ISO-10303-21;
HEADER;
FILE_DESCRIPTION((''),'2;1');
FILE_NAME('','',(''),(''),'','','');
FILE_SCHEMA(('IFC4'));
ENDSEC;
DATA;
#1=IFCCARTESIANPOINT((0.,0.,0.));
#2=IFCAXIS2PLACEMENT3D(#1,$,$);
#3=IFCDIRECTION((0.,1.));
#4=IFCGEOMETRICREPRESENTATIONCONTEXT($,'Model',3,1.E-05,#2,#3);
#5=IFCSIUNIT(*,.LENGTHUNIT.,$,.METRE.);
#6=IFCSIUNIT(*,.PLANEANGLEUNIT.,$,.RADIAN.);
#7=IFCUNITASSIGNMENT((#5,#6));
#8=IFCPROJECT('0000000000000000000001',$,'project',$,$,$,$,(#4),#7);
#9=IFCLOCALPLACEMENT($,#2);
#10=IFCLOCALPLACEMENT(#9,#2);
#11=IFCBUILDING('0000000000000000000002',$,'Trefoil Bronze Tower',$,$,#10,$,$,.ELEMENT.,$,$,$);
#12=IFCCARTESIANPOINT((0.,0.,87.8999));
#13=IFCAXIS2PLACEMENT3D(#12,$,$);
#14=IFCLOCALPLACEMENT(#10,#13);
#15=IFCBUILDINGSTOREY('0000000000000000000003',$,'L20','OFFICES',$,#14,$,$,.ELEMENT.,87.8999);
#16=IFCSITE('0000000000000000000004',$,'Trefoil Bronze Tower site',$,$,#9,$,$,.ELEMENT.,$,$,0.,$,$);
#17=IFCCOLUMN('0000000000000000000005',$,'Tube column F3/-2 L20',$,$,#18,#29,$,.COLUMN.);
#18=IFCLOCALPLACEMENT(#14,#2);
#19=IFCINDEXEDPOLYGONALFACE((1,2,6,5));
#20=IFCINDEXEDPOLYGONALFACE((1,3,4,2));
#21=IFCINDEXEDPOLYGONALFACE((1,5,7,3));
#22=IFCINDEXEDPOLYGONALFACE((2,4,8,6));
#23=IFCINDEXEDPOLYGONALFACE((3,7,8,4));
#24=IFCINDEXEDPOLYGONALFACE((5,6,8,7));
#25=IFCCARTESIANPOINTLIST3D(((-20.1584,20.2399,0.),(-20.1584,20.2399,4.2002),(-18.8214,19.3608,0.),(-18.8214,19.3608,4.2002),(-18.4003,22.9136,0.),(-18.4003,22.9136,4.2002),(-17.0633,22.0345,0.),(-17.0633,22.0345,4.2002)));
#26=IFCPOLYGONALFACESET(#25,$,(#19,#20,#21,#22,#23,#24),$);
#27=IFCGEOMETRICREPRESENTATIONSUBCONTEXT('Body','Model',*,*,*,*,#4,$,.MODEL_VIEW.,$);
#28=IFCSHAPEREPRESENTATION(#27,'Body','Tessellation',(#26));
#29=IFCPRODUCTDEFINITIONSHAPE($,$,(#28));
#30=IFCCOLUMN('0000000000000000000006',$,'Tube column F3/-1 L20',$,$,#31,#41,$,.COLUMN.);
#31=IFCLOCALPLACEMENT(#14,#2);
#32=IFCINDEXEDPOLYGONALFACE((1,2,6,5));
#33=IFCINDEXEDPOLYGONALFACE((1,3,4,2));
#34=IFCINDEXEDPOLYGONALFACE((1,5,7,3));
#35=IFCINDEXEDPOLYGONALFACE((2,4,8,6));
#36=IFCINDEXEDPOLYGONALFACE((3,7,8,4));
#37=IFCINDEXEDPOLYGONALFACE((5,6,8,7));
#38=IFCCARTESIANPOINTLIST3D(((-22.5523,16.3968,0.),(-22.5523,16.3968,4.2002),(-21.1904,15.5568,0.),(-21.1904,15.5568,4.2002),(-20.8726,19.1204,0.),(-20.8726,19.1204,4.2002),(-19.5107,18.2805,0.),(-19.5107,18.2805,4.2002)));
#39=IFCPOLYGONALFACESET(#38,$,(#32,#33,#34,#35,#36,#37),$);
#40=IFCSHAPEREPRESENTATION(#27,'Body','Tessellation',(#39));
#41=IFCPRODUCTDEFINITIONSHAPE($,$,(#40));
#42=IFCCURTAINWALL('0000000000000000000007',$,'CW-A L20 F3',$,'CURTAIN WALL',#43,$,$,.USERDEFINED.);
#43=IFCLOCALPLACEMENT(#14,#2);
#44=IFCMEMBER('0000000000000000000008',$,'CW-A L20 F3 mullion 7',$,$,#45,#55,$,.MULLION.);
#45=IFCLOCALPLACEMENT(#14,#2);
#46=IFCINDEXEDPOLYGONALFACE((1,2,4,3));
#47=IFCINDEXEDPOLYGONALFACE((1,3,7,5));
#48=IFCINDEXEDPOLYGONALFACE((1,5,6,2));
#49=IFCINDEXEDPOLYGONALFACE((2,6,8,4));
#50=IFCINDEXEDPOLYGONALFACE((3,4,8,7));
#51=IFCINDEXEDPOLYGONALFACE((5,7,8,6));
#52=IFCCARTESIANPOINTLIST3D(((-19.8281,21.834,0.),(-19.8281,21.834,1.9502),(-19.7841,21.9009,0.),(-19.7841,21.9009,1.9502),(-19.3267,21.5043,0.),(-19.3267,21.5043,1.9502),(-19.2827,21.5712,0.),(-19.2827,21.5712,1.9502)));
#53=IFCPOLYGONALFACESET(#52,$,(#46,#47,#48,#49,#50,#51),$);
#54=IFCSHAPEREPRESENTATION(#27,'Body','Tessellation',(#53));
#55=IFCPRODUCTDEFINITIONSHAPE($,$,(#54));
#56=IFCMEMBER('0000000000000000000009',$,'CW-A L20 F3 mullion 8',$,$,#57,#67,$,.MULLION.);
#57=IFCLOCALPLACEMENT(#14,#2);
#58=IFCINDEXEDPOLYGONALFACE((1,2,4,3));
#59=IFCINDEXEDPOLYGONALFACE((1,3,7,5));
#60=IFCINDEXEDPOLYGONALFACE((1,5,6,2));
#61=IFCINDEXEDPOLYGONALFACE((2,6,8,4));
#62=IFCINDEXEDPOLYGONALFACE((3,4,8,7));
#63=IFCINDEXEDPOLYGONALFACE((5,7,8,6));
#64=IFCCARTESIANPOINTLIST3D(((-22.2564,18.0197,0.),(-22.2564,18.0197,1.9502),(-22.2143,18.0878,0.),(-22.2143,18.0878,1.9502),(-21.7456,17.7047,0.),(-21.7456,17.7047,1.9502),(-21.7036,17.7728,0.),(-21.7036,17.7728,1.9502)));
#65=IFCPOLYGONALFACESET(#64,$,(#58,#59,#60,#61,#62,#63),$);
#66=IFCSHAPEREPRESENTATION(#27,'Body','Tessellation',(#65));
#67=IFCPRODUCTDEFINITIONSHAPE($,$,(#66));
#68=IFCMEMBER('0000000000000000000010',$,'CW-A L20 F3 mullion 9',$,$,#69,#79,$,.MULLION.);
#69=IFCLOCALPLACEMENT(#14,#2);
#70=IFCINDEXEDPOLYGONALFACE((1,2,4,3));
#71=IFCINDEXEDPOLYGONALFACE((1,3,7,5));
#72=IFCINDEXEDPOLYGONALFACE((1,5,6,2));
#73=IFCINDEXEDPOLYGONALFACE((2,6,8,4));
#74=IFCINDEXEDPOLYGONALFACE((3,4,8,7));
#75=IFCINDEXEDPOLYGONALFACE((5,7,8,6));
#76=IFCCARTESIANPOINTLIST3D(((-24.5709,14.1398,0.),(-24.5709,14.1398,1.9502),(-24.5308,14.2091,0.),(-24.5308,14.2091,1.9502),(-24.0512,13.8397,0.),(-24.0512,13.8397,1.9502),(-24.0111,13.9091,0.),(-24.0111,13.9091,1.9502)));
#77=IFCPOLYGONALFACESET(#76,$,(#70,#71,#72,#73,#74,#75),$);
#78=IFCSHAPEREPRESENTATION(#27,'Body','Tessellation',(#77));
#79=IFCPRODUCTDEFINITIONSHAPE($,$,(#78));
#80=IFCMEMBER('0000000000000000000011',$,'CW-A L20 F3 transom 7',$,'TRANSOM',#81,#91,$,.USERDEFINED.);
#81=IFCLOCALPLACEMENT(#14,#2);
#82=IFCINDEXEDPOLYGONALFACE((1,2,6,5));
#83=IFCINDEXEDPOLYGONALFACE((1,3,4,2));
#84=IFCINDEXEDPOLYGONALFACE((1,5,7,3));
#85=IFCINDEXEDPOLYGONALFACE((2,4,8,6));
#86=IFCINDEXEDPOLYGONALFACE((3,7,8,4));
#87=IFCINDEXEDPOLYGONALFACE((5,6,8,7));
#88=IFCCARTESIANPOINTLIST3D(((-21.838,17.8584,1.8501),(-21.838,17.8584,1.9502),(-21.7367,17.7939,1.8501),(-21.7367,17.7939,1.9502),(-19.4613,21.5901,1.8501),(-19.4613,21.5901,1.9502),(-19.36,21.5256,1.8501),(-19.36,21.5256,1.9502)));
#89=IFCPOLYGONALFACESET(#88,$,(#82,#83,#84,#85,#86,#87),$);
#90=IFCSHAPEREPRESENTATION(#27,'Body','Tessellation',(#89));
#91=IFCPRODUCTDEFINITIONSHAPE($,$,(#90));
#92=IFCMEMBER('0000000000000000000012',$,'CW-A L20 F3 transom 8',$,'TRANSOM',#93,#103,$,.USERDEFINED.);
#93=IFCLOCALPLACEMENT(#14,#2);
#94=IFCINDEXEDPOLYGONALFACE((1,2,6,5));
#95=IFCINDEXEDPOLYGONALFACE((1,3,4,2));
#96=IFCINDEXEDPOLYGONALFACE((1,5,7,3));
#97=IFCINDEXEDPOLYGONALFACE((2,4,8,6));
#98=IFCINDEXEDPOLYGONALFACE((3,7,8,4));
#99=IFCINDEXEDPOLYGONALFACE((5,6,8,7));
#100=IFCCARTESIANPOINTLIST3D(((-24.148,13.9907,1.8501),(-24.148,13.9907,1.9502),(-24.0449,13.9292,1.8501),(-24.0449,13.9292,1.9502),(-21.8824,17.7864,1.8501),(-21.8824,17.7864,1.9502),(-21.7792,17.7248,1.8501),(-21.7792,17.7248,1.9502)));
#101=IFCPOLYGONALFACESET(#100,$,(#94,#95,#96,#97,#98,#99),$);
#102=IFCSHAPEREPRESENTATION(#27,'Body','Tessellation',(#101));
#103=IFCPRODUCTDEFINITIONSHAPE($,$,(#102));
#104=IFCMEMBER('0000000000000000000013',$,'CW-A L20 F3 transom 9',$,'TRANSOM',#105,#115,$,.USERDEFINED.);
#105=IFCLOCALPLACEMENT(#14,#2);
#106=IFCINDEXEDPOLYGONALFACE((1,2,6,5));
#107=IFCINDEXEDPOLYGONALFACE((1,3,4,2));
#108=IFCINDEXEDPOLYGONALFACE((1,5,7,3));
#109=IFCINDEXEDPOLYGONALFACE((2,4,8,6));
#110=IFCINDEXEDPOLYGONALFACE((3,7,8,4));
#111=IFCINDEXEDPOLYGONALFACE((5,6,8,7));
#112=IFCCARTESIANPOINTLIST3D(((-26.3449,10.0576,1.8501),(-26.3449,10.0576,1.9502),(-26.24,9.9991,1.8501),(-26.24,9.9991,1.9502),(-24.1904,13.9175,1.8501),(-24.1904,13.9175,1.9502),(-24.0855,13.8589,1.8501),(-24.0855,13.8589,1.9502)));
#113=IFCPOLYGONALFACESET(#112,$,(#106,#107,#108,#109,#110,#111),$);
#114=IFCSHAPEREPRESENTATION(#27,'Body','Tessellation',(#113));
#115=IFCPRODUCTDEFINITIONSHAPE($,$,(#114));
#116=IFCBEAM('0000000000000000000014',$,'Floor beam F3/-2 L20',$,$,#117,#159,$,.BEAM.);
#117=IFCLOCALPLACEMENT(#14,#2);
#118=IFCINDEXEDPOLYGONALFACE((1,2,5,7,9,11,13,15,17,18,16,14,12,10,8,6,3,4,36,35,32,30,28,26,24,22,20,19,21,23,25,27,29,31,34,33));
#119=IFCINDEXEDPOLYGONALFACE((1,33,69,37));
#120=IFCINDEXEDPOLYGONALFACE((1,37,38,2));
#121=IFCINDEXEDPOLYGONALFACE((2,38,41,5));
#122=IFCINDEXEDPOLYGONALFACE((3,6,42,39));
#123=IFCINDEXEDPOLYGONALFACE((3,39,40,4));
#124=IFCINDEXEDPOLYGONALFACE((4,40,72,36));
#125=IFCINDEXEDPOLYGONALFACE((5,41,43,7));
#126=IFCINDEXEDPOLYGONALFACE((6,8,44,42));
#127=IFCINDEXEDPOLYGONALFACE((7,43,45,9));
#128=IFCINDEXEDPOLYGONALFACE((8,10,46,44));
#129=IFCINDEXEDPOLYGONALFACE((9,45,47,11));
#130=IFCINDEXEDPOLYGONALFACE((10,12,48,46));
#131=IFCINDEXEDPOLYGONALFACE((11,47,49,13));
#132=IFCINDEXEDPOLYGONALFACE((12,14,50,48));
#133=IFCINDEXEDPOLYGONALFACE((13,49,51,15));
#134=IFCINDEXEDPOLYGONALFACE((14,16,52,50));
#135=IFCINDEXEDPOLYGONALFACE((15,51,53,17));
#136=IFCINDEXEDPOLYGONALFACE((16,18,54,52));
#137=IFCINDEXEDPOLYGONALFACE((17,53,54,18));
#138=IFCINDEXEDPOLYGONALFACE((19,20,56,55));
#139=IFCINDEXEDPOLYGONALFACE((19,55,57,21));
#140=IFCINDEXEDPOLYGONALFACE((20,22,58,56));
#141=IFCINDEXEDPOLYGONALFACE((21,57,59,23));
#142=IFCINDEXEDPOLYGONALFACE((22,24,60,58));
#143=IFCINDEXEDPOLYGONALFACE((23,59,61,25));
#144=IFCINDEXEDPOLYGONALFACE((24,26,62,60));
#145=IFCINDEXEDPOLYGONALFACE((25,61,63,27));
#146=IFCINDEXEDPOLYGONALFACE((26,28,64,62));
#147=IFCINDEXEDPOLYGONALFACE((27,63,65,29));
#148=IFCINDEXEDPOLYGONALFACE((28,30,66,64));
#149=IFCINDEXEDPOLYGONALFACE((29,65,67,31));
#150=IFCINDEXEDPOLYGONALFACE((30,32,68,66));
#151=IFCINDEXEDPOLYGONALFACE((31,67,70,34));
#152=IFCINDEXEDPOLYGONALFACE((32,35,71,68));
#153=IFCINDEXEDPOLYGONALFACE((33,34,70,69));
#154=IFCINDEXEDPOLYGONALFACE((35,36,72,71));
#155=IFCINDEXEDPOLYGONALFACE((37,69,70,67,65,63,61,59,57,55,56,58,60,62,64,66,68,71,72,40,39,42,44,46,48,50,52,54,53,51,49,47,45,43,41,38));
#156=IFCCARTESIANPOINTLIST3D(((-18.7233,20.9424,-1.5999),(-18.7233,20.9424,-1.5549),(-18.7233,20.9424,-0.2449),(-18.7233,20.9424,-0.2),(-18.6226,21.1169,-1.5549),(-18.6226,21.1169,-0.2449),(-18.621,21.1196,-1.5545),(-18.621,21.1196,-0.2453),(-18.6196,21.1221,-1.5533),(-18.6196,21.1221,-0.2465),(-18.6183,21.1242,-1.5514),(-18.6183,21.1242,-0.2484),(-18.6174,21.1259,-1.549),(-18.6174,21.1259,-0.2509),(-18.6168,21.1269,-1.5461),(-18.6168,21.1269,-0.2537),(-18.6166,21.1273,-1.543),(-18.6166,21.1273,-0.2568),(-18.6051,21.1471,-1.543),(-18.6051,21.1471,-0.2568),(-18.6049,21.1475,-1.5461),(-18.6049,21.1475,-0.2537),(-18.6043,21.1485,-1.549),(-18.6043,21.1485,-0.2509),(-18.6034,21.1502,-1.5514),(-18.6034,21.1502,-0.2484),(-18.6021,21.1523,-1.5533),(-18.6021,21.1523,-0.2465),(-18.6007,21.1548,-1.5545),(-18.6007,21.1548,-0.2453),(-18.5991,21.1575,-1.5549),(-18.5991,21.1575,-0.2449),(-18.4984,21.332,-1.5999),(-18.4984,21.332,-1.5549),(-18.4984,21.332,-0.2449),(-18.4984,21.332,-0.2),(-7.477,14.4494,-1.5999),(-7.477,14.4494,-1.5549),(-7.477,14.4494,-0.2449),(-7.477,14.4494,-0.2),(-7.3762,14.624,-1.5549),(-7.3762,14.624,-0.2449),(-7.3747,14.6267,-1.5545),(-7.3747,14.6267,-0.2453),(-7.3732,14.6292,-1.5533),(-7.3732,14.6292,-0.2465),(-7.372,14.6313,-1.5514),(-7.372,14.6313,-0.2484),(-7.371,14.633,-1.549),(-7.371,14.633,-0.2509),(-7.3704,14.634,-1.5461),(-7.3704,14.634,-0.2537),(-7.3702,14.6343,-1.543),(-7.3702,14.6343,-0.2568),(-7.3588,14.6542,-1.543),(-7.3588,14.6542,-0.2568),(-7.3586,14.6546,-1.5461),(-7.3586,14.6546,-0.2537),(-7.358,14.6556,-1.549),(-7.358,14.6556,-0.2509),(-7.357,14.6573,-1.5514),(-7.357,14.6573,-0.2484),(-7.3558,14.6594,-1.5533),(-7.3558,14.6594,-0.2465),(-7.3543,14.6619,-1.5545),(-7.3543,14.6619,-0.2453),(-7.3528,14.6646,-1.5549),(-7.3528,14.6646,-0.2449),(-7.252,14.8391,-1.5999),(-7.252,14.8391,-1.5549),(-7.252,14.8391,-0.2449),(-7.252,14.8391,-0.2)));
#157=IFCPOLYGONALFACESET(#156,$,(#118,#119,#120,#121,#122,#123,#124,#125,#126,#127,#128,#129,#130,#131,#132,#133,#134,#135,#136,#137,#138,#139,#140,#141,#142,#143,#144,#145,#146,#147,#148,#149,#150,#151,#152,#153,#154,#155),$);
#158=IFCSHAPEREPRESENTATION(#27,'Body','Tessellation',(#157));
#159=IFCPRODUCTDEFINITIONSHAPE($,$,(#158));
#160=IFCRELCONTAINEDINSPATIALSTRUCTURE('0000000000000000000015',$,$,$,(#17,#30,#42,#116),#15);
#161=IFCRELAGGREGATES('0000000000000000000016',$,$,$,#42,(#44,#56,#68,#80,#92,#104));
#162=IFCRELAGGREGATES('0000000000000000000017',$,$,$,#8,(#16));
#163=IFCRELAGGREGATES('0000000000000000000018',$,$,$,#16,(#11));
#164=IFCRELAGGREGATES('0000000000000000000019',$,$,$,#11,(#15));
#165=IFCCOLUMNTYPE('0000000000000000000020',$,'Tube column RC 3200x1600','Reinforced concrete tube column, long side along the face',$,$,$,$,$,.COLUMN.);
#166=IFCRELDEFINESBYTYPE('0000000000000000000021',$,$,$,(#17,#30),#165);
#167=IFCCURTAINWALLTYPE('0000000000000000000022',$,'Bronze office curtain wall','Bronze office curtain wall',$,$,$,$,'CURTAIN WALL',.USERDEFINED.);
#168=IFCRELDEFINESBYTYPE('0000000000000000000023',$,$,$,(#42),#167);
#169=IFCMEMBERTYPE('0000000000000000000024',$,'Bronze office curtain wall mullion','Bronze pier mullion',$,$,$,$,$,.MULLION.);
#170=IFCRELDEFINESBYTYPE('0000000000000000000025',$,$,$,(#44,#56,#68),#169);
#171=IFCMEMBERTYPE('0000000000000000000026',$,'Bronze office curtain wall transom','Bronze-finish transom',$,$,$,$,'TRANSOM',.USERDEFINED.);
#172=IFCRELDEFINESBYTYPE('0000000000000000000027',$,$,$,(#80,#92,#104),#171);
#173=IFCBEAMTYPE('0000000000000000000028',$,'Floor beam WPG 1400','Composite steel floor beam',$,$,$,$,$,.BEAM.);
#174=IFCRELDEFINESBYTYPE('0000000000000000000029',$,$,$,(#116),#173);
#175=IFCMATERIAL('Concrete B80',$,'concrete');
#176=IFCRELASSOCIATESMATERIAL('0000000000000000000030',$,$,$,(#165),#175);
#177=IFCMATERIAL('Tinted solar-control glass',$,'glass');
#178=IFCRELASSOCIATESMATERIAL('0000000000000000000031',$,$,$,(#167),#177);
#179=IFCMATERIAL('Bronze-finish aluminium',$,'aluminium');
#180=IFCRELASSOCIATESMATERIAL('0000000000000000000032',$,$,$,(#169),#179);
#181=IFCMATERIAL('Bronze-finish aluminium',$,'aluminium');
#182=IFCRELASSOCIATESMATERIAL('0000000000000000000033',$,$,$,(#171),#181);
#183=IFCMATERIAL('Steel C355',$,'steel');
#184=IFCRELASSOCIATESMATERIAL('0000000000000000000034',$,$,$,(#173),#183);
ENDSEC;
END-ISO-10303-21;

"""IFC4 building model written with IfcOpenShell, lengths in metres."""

from ifc_helpers import new_model, si_unit, direction, frame, origin, origin_2d, place, context, subcontext, project, spatial, rectangle, i_section, extrude, material, material_profile, profile_set, type_object, element, aggregate, save


model = new_model("IFC4")

# Units and contexts
model_context = context("Model", 3, precision=1e-05, world=origin(), true_north=direction((0.0, 1.0)))
body_context = subcontext(model_context, "Body", "Model", "MODEL_VIEW")
ifc_project = project(units=[si_unit("LENGTHUNIT", "METRE"), si_unit("PLANEANGLEUNIT", "RADIAN")], contexts=[model_context])

# Site, building, storey
site_placement = place(None, origin())
site = spatial("IfcSite", under=ifc_project, at=site_placement, Name="Trefoil Bronze Tower site", CompositionType="ELEMENT", RefElevation=0.0)
building_placement = place(site_placement, origin())
building = spatial("IfcBuilding", under=site, at=building_placement, Name="Trefoil Bronze Tower", CompositionType="ELEMENT")
storey_placement = place(building_placement, frame((0.0, 0.0, 87.8999)))
storey = spatial("IfcBuildingStorey", under=building, at=storey_placement, Name="L20", Description="OFFICES", CompositionType="ELEMENT", Elevation=87.8999)

# Columns
ifc_material_1 = material(Name="Concrete B80", Category="concrete")
ifc_material_profile_1 = material_profile(ifc_material_1, rectangle(XDim=3.2, YDim=1.6001, at=origin_2d()), Name="RC 3200x1600")
ifc_profile_set_1 = profile_set([ifc_material_profile_1], Name="Concrete B80")
column_type = type_object("IfcColumnType", Name="Tube column RC 3200x1600", Description="Reinforced concrete tube column, long side along the face", PredefinedType="COLUMN", material=ifc_profile_set_1)
for number, where, z_axis, x_axis, name in (
    (1, (-18.6108, 21.1372, 0.0), (0.0, 0.0, 1.0), (-0.549424, -0.835544, 0.0), "Tube column F3/-2 L20"),
    (2, (-21.0315, 17.3386, 0.0), (0.0, 0.0, 1.0), (-0.524923, -0.85115, 0.0), "Tube column F3/-1 L20"),
):
    element("IfcColumn", number, at=place(storey_placement, frame(where, z_axis=z_axis, x_axis=x_axis)), inside=storey, type_object=column_type, Name=name, PredefinedType="COLUMN", context=body_context, shape_type="SweptSolid", body=[
        extrude(rectangle(XDim=3.2, YDim=1.6001, at=origin_2d()), origin(), (0.0, 0.0, 1.0), 4.2002),
    ])

# Curtain wall, members
ifc_material_2 = material(Name="Tinted solar-control glass", Category="glass")
curtain_wall_type = type_object("IfcCurtainWallType", Name="Bronze office curtain wall", Description="Bronze office curtain wall", ElementType="CURTAIN WALL", PredefinedType="USERDEFINED", material=ifc_material_2)
curtain_wall_placement = place(storey_placement, origin())
curtain_wall = element("IfcCurtainWall", 3, at=curtain_wall_placement, inside=storey, type_object=curtain_wall_type, Name="CW-A L20 F3", ObjectType="CURTAIN WALL", PredefinedType="USERDEFINED")
ifc_material_3 = material(Name="Bronze-finish aluminium", Category="aluminium")
ifc_material_profile_2 = material_profile(ifc_material_3, rectangle(XDim=0.6001, YDim=0.0801, at=origin_2d()), Name="CW-A mullion")
ifc_profile_set_2 = profile_set([ifc_material_profile_2], Name="Bronze-finish aluminium")
member_type_1 = type_object("IfcMemberType", Name="Bronze office curtain wall mullion", Description="Bronze pier mullion", PredefinedType="MULLION", material=ifc_profile_set_2)
member_1_placement = place(storey_placement, frame((-19.5554, 21.7026, 0.0), z_axis=(0.0, 0.0, 1.0), x_axis=(0.835544, -0.549424, 0.0)))
member_1 = element("IfcMember", 4, at=member_1_placement, type_object=member_type_1, Name="CW-A L20 F3 mullion 7", PredefinedType="MULLION", context=body_context, shape_type="SweptSolid", body=[
    extrude(rectangle(XDim=0.6001, YDim=0.0801, at=origin_2d()), origin(), (0.0, 0.0, 1.0), 1.9502),
])
member_2_placement = place(storey_placement, frame((-21.98, 17.8962, 0.0), z_axis=(0.0, 0.0, 1.0), x_axis=(0.85115, -0.524923, 0.0)))
member_2 = element("IfcMember", 5, at=member_2_placement, type_object=member_type_1, Name="CW-A L20 F3 mullion 8", PredefinedType="MULLION", context=body_context, shape_type="SweptSolid", body=[
    extrude(rectangle(XDim=0.6001, YDim=0.0801, at=origin_2d()), origin(), (0.0, 0.0, 1.0), 1.9502),
])
member_3_placement = place(storey_placement, frame((-24.291, 14.0244, 0.0), z_axis=(0.0, 0.0, 1.0), x_axis=(0.866025, -0.5, 0.0)))
member_3 = element("IfcMember", 6, at=member_3_placement, type_object=member_type_1, Name="CW-A L20 F3 mullion 9", PredefinedType="MULLION", context=body_context, shape_type="SweptSolid", body=[
    extrude(rectangle(XDim=0.6001, YDim=0.0801, at=origin_2d()), origin(), (0.0, 0.0, 1.0), 1.9502),
])
ifc_material_4 = material(Name="Bronze-finish aluminium", Category="aluminium")
ifc_material_profile_3 = material_profile(ifc_material_4, rectangle(XDim=0.1201, YDim=0.1001, at=origin_2d()), Name="CW-A transom")
ifc_profile_set_3 = profile_set([ifc_material_profile_3], Name="Bronze-finish aluminium")
member_type_2 = type_object("IfcMemberType", Name="Bronze office curtain wall transom", Description="Bronze-finish transom", ElementType="TRANSOM", PredefinedType="USERDEFINED", material=ifc_profile_set_3)
member_4_placement = place(storey_placement, frame((-19.4106, 21.5579, 1.9001), z_axis=(-0.537197, -0.843457, 0.0), x_axis=(0.843457, -0.537197, 0.0)))
member_4 = element("IfcMember", 7, at=member_4_placement, type_object=member_type_2, Name="CW-A L20 F3 transom 7", ObjectType="TRANSOM", PredefinedType="USERDEFINED", context=body_context, shape_type="SweptSolid", body=[
    extrude(rectangle(XDim=0.1201, YDim=0.1001, at=origin_2d()), origin(), (0.0, 0.0, 1.0), 4.4243),
])
member_5_placement = place(storey_placement, frame((-21.8308, 17.7556, 1.9001), z_axis=(-0.512537, -0.858665, 0.0), x_axis=(0.858665, -0.512537, 0.0)))
member_5 = element("IfcMember", 8, at=member_5_placement, type_object=member_type_2, Name="CW-A L20 F3 transom 8", ObjectType="TRANSOM", PredefinedType="USERDEFINED", context=body_context, shape_type="SweptSolid", body=[
    extrude(rectangle(XDim=0.1201, YDim=0.1001, at=origin_2d()), origin(), (0.0, 0.0, 1.0), 4.4204),
])
member_6_placement = place(storey_placement, frame((-24.1379, 13.8882, 1.9001), z_axis=(-0.4874, -0.873179, 0.0), x_axis=(0.873179, -0.4874, 0.0)))
member_6 = element("IfcMember", 9, at=member_6_placement, type_object=member_type_2, Name="CW-A L20 F3 transom 9", ObjectType="TRANSOM", PredefinedType="USERDEFINED", context=body_context, shape_type="SweptSolid", body=[
    extrude(rectangle(XDim=0.1201, YDim=0.1001, at=origin_2d()), origin(), (0.0, 0.0, 1.0), 4.4204),
])

# Beam
ifc_material_5 = material(Name="Steel C355", Category="steel")
ifc_material_profile_4 = material_profile(ifc_material_5, i_section(OverallWidth=0.45, OverallDepth=1.3999, WebThickness=0.0229, FlangeThickness=0.0449, FilletRadius=0.012, at=origin_2d()), Name="WPG 1400")
ifc_profile_set_4 = profile_set([ifc_material_profile_4], Name="Steel C355")
beam_type_1 = type_object("IfcBeamType", Name="Floor beam WPG 1400", Description="Composite steel floor beam", PredefinedType="BEAM", material=ifc_profile_set_4)
beam_1_placement = place(storey_placement, frame((-18.6108, 21.1372, -0.8999), z_axis=(0.866031, -0.499991, 0.0), x_axis=(0.499991, 0.866031, 0.0)))
element("IfcBeam", 10, at=beam_1_placement, inside=storey, type_object=beam_type_1, Name="Floor beam F3/-2 L20", PredefinedType="BEAM", context=body_context, shape_type="SweptSolid", body=[
    extrude(i_section(OverallWidth=0.45, OverallDepth=1.3999, WebThickness=0.0229, FlangeThickness=0.0449, FilletRadius=0.012, at=origin_2d()), origin(), (0.0, 0.0, 1.0), 12.9861),
])

aggregate(curtain_wall, [member_1, member_2, member_3, member_4, member_5, member_6])

save(model, "model.ifc")
